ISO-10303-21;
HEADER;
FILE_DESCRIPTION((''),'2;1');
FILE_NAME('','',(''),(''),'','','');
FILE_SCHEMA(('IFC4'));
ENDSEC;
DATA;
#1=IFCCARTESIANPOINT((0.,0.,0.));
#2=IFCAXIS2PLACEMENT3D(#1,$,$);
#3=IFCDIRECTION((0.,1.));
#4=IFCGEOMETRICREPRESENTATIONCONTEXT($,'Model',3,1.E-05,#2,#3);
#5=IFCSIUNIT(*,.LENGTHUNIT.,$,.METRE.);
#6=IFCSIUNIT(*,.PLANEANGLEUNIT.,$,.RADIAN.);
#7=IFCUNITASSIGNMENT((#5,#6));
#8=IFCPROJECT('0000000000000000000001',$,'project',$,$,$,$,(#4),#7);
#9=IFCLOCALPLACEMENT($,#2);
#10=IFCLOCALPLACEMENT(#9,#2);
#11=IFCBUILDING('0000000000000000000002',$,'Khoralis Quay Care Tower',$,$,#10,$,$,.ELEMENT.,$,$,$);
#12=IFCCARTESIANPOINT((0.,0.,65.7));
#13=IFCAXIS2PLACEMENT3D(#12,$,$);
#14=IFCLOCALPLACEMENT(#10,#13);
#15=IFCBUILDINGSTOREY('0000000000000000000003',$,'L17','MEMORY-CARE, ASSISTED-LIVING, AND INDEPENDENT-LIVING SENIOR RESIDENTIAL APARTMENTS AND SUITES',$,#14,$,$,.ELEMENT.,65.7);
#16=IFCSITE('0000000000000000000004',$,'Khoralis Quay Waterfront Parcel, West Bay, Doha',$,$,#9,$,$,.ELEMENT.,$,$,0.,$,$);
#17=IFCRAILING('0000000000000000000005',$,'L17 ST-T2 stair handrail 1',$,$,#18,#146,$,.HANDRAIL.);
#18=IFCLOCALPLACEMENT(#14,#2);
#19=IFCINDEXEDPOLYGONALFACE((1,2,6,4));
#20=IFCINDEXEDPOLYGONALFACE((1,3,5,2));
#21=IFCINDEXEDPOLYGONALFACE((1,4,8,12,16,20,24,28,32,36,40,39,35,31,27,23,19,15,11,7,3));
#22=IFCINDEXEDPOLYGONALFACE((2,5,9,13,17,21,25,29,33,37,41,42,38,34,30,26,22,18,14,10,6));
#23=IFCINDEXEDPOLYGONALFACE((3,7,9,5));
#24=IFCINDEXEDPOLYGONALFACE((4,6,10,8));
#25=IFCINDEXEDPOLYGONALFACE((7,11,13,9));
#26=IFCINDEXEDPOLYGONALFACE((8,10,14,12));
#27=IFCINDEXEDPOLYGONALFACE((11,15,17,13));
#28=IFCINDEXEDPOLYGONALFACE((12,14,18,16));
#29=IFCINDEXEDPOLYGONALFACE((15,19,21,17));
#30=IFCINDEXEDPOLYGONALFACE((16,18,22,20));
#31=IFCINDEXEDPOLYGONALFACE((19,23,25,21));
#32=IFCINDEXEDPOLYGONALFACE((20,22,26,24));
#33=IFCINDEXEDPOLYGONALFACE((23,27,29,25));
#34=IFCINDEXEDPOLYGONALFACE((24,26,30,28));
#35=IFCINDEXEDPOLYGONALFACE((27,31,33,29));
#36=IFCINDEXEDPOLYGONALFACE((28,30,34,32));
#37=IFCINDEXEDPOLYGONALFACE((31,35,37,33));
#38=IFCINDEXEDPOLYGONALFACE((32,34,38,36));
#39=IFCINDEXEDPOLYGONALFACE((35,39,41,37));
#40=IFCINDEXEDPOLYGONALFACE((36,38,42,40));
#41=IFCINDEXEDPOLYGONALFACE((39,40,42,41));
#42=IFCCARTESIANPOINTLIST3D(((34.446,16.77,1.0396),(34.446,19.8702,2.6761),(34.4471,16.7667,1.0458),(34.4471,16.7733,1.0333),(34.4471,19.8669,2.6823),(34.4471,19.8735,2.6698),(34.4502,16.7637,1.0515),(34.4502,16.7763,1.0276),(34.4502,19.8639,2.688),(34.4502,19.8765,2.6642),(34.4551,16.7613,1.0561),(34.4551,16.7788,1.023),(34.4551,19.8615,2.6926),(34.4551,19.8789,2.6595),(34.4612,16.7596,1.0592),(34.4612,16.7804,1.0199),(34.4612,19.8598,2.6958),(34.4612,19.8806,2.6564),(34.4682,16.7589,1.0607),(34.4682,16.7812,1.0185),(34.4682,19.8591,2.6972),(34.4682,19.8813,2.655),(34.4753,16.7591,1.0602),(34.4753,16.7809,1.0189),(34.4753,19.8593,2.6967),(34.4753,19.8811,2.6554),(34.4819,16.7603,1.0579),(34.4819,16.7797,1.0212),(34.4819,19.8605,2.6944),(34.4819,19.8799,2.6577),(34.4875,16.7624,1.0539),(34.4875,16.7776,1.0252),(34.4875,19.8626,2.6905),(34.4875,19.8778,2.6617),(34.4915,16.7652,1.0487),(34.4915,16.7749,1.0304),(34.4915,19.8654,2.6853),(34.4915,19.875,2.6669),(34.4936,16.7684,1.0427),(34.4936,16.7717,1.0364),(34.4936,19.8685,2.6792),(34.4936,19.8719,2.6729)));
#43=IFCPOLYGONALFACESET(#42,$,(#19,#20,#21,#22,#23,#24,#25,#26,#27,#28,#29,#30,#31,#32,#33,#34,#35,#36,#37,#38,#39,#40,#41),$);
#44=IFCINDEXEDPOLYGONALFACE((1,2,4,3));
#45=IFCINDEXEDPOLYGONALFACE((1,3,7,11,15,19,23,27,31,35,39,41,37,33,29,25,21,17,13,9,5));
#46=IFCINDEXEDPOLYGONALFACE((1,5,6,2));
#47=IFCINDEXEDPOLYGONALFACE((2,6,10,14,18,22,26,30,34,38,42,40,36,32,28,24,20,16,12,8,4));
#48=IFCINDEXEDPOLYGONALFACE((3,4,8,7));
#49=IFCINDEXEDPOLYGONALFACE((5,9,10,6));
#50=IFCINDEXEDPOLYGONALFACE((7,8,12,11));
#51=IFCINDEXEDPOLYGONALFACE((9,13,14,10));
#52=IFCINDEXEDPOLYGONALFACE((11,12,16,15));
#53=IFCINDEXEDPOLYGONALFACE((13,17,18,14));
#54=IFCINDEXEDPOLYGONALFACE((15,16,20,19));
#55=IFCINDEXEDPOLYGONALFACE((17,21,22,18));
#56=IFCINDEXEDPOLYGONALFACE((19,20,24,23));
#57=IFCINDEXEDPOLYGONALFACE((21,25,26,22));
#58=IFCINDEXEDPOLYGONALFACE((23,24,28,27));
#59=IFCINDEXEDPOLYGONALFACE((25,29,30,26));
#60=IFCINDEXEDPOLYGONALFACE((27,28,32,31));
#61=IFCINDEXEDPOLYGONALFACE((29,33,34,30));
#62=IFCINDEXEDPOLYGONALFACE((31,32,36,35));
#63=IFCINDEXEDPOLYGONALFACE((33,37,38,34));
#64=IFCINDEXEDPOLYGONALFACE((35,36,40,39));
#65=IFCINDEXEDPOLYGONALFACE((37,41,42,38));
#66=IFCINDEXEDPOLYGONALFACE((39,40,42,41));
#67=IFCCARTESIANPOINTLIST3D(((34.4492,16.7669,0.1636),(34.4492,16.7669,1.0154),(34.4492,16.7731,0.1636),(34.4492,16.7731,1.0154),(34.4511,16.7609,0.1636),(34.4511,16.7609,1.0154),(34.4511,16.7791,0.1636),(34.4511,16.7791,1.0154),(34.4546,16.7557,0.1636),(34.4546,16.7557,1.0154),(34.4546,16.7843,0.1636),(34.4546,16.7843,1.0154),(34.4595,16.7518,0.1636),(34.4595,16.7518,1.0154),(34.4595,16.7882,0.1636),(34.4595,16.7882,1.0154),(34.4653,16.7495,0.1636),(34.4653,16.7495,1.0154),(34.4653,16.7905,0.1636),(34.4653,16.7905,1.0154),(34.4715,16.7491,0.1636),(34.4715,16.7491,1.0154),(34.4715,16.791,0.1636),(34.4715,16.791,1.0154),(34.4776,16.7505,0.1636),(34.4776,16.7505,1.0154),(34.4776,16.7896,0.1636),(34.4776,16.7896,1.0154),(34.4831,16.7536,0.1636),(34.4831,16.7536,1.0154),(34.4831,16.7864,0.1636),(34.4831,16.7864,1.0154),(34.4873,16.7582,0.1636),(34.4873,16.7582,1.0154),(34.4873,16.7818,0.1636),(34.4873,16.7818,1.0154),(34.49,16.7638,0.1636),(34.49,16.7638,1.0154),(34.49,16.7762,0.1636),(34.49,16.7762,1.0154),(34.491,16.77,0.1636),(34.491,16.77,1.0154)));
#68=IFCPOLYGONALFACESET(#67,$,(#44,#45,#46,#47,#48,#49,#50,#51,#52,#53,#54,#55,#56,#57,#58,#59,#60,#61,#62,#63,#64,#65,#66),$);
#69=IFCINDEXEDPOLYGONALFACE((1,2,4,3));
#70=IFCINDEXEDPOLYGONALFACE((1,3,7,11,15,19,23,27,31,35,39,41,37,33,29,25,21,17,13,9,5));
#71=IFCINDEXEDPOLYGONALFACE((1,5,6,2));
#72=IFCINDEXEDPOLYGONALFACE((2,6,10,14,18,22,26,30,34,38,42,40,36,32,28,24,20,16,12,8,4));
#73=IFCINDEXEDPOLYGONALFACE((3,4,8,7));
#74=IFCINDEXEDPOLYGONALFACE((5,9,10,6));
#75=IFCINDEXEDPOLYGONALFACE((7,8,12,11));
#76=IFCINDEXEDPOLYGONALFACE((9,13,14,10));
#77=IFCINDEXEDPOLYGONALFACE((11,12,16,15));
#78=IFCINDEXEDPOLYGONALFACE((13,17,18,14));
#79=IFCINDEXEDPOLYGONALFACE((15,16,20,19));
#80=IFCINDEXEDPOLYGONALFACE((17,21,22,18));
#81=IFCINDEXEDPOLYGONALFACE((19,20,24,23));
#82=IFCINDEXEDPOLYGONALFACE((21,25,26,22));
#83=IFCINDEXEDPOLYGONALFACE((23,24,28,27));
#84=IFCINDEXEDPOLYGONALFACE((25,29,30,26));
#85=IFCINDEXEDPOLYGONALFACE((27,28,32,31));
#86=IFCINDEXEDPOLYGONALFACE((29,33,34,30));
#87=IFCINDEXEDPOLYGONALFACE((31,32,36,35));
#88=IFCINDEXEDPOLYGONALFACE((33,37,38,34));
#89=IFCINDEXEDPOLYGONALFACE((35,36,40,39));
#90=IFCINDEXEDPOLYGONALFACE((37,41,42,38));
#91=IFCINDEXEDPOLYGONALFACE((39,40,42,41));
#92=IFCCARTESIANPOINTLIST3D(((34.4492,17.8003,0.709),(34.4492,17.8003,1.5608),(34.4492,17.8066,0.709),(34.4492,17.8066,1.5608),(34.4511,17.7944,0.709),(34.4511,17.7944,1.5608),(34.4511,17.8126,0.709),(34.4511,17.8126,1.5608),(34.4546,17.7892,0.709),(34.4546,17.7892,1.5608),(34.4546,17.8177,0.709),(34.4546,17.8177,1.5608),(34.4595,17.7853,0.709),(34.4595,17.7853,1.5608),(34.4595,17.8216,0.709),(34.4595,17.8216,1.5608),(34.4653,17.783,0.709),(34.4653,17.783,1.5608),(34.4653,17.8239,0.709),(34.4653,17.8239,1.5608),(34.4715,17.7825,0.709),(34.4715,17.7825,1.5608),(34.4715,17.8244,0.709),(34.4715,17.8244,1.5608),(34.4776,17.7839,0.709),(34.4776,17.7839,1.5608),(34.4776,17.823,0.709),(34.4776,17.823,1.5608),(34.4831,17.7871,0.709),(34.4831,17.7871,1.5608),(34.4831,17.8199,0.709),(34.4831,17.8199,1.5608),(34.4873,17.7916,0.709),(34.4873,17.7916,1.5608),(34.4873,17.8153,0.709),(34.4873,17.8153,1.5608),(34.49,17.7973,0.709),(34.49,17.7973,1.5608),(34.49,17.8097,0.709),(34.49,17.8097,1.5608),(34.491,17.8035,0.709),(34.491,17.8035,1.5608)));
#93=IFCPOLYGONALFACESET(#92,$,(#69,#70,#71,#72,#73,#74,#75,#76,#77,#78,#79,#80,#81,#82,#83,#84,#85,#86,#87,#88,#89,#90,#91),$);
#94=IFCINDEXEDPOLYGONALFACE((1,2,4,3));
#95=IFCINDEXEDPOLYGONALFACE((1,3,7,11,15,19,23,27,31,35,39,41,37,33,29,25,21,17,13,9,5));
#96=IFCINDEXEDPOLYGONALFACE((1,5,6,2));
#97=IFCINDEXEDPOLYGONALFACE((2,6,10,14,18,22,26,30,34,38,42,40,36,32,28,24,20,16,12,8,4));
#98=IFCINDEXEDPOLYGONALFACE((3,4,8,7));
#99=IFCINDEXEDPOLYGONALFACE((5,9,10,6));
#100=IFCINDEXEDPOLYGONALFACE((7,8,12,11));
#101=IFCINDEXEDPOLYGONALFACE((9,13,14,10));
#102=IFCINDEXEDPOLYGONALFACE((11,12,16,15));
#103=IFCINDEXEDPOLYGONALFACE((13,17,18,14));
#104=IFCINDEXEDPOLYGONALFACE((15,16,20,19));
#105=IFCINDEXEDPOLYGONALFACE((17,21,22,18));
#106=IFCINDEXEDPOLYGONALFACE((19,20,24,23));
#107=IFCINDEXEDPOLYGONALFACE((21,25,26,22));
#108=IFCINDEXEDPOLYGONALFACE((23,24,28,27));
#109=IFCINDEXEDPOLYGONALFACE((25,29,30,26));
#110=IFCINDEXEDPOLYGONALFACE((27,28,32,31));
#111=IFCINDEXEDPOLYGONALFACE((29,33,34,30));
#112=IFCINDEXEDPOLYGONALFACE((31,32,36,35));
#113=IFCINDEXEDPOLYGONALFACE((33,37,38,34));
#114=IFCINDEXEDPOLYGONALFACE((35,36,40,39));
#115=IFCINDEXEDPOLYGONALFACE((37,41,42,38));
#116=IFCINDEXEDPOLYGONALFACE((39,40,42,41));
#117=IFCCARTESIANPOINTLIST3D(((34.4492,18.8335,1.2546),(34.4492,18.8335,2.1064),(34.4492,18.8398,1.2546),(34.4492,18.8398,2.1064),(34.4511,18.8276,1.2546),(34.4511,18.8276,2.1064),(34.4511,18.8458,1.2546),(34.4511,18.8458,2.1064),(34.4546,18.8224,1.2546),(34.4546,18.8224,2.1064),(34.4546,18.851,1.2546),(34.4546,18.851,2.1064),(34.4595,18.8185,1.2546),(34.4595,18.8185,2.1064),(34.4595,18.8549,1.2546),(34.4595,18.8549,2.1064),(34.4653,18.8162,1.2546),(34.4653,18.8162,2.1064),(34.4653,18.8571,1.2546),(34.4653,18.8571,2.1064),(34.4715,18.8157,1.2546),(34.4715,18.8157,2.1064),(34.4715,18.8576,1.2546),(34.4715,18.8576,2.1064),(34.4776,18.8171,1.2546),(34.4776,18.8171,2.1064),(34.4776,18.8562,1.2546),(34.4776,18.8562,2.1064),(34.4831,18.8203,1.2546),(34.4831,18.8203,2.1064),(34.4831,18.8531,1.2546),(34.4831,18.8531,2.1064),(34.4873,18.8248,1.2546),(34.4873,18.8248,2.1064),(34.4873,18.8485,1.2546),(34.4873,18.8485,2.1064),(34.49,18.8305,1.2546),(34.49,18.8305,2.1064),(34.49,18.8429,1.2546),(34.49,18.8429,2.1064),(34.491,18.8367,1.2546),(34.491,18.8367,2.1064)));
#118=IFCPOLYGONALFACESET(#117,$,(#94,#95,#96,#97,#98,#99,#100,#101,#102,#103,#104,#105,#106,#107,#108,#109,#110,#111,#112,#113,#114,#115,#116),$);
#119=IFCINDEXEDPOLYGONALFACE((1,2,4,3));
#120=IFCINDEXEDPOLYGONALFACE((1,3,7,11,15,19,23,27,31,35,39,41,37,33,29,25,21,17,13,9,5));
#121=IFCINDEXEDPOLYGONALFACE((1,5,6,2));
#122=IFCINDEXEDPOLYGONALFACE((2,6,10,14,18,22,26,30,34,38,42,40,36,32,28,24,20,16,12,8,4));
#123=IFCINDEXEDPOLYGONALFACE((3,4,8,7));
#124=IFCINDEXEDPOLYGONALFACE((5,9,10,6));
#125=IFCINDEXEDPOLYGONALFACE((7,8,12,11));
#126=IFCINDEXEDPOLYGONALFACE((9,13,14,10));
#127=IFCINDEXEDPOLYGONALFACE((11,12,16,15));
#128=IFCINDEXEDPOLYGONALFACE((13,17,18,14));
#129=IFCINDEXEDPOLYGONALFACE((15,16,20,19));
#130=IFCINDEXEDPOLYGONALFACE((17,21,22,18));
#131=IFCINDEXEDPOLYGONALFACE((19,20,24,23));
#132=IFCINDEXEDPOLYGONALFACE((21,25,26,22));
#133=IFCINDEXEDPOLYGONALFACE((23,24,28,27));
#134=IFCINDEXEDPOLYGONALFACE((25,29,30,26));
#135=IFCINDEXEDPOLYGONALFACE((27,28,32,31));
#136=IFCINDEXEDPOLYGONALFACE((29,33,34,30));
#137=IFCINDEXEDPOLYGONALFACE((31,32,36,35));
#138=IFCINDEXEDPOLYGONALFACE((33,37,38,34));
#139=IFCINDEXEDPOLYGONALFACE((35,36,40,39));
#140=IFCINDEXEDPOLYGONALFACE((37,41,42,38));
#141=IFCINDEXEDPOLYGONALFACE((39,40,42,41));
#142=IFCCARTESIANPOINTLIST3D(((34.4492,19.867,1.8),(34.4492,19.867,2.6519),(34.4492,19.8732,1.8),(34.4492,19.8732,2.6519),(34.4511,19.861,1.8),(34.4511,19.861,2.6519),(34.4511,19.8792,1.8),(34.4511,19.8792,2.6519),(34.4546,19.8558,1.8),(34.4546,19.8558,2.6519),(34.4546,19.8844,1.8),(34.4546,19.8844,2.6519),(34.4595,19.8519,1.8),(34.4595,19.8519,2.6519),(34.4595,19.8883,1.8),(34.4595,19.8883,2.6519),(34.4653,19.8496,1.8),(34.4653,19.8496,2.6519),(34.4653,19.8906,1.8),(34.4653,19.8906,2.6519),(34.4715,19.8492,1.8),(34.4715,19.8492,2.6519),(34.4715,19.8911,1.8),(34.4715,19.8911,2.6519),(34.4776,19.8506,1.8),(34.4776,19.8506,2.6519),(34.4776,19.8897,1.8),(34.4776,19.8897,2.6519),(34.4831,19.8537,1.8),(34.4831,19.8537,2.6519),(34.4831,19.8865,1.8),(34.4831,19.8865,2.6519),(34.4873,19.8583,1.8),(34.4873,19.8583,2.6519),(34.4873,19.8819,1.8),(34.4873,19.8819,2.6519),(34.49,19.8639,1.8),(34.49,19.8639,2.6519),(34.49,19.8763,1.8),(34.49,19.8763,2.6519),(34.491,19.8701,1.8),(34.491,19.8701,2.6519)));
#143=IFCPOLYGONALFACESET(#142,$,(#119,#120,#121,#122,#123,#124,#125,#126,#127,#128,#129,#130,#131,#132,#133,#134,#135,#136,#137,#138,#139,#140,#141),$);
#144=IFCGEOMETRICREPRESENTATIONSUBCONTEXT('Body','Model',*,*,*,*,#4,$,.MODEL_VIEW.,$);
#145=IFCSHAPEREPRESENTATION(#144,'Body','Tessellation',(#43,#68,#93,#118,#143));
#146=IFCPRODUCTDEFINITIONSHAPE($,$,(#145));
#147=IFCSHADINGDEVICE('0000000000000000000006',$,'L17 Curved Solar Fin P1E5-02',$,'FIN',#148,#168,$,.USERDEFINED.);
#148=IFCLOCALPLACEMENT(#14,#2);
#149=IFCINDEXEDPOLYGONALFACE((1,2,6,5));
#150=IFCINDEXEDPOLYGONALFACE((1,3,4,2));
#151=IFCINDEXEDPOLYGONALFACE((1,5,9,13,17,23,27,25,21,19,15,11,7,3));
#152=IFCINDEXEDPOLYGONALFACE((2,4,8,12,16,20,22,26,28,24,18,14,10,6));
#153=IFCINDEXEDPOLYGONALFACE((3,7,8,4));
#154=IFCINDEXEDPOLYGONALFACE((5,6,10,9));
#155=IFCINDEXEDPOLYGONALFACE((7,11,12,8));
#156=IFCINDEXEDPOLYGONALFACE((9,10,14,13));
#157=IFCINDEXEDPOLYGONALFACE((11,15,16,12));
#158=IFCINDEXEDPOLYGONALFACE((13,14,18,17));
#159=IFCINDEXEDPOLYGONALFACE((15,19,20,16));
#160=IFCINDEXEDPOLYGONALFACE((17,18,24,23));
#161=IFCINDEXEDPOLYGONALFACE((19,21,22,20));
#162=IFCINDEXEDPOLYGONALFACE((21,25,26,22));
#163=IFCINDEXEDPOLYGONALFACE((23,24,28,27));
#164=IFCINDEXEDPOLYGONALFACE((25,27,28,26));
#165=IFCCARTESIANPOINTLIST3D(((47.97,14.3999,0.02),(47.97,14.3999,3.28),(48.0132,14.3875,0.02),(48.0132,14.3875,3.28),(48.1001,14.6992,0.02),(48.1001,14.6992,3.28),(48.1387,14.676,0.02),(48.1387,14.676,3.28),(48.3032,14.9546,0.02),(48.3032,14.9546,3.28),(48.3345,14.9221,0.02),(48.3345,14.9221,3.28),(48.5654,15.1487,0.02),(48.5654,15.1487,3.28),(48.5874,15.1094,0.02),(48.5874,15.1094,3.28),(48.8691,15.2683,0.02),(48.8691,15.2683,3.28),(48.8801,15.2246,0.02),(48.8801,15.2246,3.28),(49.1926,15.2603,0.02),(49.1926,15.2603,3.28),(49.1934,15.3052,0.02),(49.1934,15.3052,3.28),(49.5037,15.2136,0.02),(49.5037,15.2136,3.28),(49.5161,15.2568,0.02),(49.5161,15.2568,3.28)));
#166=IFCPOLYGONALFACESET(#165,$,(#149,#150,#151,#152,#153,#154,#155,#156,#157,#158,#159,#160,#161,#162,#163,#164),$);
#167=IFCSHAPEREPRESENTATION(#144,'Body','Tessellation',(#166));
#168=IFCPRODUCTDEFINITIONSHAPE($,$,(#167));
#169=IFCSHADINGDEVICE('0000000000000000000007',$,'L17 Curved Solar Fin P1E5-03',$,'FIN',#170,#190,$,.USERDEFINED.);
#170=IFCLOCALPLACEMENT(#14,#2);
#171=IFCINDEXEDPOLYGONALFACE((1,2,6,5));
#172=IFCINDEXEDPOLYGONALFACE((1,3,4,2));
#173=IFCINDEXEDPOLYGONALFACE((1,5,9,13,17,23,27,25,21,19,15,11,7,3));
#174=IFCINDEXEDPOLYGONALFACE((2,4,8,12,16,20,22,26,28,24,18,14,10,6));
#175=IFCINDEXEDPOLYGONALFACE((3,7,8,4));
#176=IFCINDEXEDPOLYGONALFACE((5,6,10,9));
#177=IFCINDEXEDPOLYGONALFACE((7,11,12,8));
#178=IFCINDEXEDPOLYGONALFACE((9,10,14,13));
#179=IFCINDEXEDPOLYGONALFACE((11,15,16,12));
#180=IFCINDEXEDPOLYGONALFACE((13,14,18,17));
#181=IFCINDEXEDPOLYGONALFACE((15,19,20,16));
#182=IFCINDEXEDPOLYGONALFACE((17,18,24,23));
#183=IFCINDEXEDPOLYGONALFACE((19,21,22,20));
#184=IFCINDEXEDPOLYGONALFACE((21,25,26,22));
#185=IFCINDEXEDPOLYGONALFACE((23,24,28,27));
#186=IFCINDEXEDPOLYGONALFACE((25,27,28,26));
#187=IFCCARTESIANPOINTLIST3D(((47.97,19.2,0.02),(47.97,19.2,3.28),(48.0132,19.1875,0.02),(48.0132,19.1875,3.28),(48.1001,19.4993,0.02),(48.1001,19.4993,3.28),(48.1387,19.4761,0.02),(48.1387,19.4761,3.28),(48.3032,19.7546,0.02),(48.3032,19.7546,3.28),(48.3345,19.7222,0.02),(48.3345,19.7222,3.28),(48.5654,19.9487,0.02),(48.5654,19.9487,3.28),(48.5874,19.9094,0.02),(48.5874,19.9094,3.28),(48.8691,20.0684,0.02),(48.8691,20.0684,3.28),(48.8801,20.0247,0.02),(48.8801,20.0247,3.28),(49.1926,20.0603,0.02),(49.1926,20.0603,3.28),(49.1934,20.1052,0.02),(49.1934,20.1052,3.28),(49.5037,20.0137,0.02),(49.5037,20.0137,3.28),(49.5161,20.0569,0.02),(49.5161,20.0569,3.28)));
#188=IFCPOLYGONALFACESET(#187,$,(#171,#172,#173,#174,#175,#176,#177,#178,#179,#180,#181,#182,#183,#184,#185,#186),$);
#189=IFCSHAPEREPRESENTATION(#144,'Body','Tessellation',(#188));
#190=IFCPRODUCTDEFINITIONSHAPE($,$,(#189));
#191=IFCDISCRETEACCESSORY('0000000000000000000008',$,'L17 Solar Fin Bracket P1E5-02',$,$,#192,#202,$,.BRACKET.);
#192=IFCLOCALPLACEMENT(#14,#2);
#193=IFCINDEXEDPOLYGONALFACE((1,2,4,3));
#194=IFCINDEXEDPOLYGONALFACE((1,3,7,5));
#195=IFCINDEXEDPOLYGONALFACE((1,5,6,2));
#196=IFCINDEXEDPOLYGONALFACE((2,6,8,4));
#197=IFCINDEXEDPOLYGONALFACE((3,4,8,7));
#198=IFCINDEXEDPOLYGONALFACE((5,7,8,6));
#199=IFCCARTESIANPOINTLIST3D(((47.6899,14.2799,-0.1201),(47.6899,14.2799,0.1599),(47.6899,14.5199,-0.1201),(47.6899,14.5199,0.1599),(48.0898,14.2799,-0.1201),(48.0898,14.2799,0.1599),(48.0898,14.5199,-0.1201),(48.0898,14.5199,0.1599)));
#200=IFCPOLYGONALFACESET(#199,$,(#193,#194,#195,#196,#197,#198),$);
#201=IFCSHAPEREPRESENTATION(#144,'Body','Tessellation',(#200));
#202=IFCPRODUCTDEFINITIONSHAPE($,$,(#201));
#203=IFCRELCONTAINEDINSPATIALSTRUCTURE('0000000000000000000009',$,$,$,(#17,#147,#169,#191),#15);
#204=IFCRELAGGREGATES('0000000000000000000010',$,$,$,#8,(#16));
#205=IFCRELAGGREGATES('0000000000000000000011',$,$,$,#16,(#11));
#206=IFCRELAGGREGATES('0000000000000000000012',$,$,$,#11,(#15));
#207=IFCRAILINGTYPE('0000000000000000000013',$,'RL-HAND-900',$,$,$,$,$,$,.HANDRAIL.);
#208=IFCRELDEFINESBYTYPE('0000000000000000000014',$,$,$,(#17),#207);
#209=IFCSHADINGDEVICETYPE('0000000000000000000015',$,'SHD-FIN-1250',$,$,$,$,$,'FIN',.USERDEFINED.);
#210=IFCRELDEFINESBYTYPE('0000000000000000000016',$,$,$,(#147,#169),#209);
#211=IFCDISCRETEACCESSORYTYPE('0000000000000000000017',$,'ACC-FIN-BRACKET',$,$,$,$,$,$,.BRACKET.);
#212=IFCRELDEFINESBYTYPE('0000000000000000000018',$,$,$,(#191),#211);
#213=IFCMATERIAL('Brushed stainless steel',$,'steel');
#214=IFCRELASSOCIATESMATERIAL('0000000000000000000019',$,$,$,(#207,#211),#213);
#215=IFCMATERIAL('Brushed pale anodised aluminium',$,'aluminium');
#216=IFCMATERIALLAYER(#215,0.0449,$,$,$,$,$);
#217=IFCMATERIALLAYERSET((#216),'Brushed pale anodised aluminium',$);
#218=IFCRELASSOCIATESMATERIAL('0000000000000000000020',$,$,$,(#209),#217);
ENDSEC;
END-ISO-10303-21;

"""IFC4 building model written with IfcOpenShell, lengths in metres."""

from ifc_helpers import new_model, si_unit, direction, frame, origin, origin_2d, place, context, subcontext, project, spatial, polyline, rectangle, circle, outline, extrude, source, transform, mapped, material, layer, layer_set, type_object, element, save


model = new_model("IFC4")

# Units and contexts
model_context = context("Model", 3, precision=1e-05, world=origin(), true_north=direction((0.0, 1.0)))
body_context = subcontext(model_context, "Body", "Model", "MODEL_VIEW")
ifc_project = project(units=[si_unit("LENGTHUNIT", "METRE"), si_unit("PLANEANGLEUNIT", "RADIAN")], contexts=[model_context])

# Site, building, storey
site_placement = place(None, origin())
site = spatial("IfcSite", under=ifc_project, at=site_placement, Name="Khoralis Quay Waterfront Parcel, West Bay, Doha", CompositionType="ELEMENT", RefElevation=0.0)
building_placement = place(site_placement, origin())
building = spatial("IfcBuilding", under=site, at=building_placement, Name="Khoralis Quay Care Tower", CompositionType="ELEMENT")
storey_placement = place(building_placement, frame((0.0, 0.0, 65.7)))
storey = spatial("IfcBuildingStorey", under=building, at=storey_placement, Name="L17", Description="MEMORY-CARE, ASSISTED-LIVING, AND INDEPENDENT-LIVING SENIOR RESIDENTIAL APARTMENTS AND SUITES", CompositionType="ELEMENT", Elevation=65.7)

# Railing
ifc_material_1 = material(Name="Brushed stainless steel", Category="steel")
railing_type_1 = type_object("IfcRailingType", Name="RL-HAND-900", PredefinedType="HANDRAIL", material=ifc_material_1)
railing_1_placement = place(storey_placement, frame((34.47, 16.77, 0.1636)))
element("IfcRailing", 1, at=railing_1_placement, inside=storey, type_object=railing_type_1, Name="L17 ST-T2 stair handrail 1", PredefinedType="HANDRAIL", context=body_context, shape_type="SweptSolid", body=[
    extrude(circle(Radius=0.0239, at=origin_2d()), frame((0.0, 0.0, 0.876), z_axis=(0.0, 0.884348, 0.466828), x_axis=(-1.0, 0.0, 0.0)), (0.0, 0.0, 1.0), 3.5056),
    extrude(circle(Radius=0.021, at=origin_2d()), origin(), (0.0, 0.0, 1.0), 0.8518),
    extrude(circle(Radius=0.021, at=origin_2d()), frame((0.0, 1.0334, 0.5454)), (0.0, 0.0, 1.0), 0.8518),
    extrude(circle(Radius=0.021, at=origin_2d()), frame((0.0, 2.0667, 1.0911)), (0.0, 0.0, 1.0), 0.8518),
    extrude(circle(Radius=0.021, at=origin_2d()), frame((0.0, 3.1001, 1.6365)), (0.0, 0.0, 1.0), 0.8518),
])

# Shading devices
ifc_material_2 = material(Name="Brushed pale anodised aluminium", Category="aluminium")
ifc_layer_1 = layer(ifc_material_2, 0.0449)
ifc_layer_set_1 = layer_set([ifc_layer_1], Name="Brushed pale anodised aluminium")
shading_device_type = type_object("IfcShadingDeviceType", Name="SHD-FIN-1250", ElementType="FIN", PredefinedType="USERDEFINED", material=ifc_layer_set_1)
shared_shape_1 = source(origin(), body_context, "Body", "SweptSolid", [
    extrude(outline(polyline([(0.0, 0.0), (0.1301, 0.2993), (0.3333, 0.5547), (0.5955, 0.7488), (0.8992, 0.8684), (1.2234, 0.9053), (1.5461, 0.8569), (1.5337, 0.8137), (1.2227, 0.8604), (0.9102, 0.8247), (0.6174, 0.7095), (0.3645, 0.5222), (0.1687, 0.2761), (0.0432, -0.0125), (0.0, 0.0)])), origin(), (0.0, 0.0, 1.0), 3.26),
])
for number, where, z_axis, x_axis, name in (
    (2, (47.97, 14.3999, 0.02), (0.0, 0.0, 1.0), (1.0, 0.0, 0.0), "L17 Curved Solar Fin P1E5-02"),
    (3, (47.97, 19.2, 0.02), (0.0, 0.0, 1.0), (1.0, 0.0, 0.0), "L17 Curved Solar Fin P1E5-03"),
):
    element("IfcShadingDevice", number, at=place(storey_placement, frame(where, z_axis=z_axis, x_axis=x_axis)), inside=storey, type_object=shading_device_type, Name=name, ObjectType="FIN", PredefinedType="USERDEFINED", context=body_context, shape_type="MappedRepresentation", body=[
        mapped(shared_shape_1, transform((0.0, 0.0, 0.0), scale=1.0)),
    ])

# Discrete accessory
discrete_accessory_type = type_object("IfcDiscreteAccessoryType", Name="ACC-FIN-BRACKET", PredefinedType="BRACKET", material=ifc_material_1)
shared_shape_2 = source(origin(), body_context, "Body", "SweptSolid", [
    extrude(rectangle(XDim=0.3999, YDim=0.24, at=origin_2d()), origin(), (0.0, 0.0, 1.0), 0.28),
])
for number, where, z_axis, x_axis, name in (
    (4, (47.8899, 14.3999, -0.1201), (0.0, 0.0, 1.0), (1.0, 0.0, 0.0), "L17 Solar Fin Bracket P1E5-02"),
):
    element("IfcDiscreteAccessory", number, at=place(storey_placement, frame(where, z_axis=z_axis, x_axis=x_axis)), inside=storey, type_object=discrete_accessory_type, Name=name, PredefinedType="BRACKET", context=body_context, shape_type="MappedRepresentation", body=[
        mapped(shared_shape_2, transform((0.0, 0.0, 0.0), scale=1.0)),
    ])

save(model, "model.ifc")
